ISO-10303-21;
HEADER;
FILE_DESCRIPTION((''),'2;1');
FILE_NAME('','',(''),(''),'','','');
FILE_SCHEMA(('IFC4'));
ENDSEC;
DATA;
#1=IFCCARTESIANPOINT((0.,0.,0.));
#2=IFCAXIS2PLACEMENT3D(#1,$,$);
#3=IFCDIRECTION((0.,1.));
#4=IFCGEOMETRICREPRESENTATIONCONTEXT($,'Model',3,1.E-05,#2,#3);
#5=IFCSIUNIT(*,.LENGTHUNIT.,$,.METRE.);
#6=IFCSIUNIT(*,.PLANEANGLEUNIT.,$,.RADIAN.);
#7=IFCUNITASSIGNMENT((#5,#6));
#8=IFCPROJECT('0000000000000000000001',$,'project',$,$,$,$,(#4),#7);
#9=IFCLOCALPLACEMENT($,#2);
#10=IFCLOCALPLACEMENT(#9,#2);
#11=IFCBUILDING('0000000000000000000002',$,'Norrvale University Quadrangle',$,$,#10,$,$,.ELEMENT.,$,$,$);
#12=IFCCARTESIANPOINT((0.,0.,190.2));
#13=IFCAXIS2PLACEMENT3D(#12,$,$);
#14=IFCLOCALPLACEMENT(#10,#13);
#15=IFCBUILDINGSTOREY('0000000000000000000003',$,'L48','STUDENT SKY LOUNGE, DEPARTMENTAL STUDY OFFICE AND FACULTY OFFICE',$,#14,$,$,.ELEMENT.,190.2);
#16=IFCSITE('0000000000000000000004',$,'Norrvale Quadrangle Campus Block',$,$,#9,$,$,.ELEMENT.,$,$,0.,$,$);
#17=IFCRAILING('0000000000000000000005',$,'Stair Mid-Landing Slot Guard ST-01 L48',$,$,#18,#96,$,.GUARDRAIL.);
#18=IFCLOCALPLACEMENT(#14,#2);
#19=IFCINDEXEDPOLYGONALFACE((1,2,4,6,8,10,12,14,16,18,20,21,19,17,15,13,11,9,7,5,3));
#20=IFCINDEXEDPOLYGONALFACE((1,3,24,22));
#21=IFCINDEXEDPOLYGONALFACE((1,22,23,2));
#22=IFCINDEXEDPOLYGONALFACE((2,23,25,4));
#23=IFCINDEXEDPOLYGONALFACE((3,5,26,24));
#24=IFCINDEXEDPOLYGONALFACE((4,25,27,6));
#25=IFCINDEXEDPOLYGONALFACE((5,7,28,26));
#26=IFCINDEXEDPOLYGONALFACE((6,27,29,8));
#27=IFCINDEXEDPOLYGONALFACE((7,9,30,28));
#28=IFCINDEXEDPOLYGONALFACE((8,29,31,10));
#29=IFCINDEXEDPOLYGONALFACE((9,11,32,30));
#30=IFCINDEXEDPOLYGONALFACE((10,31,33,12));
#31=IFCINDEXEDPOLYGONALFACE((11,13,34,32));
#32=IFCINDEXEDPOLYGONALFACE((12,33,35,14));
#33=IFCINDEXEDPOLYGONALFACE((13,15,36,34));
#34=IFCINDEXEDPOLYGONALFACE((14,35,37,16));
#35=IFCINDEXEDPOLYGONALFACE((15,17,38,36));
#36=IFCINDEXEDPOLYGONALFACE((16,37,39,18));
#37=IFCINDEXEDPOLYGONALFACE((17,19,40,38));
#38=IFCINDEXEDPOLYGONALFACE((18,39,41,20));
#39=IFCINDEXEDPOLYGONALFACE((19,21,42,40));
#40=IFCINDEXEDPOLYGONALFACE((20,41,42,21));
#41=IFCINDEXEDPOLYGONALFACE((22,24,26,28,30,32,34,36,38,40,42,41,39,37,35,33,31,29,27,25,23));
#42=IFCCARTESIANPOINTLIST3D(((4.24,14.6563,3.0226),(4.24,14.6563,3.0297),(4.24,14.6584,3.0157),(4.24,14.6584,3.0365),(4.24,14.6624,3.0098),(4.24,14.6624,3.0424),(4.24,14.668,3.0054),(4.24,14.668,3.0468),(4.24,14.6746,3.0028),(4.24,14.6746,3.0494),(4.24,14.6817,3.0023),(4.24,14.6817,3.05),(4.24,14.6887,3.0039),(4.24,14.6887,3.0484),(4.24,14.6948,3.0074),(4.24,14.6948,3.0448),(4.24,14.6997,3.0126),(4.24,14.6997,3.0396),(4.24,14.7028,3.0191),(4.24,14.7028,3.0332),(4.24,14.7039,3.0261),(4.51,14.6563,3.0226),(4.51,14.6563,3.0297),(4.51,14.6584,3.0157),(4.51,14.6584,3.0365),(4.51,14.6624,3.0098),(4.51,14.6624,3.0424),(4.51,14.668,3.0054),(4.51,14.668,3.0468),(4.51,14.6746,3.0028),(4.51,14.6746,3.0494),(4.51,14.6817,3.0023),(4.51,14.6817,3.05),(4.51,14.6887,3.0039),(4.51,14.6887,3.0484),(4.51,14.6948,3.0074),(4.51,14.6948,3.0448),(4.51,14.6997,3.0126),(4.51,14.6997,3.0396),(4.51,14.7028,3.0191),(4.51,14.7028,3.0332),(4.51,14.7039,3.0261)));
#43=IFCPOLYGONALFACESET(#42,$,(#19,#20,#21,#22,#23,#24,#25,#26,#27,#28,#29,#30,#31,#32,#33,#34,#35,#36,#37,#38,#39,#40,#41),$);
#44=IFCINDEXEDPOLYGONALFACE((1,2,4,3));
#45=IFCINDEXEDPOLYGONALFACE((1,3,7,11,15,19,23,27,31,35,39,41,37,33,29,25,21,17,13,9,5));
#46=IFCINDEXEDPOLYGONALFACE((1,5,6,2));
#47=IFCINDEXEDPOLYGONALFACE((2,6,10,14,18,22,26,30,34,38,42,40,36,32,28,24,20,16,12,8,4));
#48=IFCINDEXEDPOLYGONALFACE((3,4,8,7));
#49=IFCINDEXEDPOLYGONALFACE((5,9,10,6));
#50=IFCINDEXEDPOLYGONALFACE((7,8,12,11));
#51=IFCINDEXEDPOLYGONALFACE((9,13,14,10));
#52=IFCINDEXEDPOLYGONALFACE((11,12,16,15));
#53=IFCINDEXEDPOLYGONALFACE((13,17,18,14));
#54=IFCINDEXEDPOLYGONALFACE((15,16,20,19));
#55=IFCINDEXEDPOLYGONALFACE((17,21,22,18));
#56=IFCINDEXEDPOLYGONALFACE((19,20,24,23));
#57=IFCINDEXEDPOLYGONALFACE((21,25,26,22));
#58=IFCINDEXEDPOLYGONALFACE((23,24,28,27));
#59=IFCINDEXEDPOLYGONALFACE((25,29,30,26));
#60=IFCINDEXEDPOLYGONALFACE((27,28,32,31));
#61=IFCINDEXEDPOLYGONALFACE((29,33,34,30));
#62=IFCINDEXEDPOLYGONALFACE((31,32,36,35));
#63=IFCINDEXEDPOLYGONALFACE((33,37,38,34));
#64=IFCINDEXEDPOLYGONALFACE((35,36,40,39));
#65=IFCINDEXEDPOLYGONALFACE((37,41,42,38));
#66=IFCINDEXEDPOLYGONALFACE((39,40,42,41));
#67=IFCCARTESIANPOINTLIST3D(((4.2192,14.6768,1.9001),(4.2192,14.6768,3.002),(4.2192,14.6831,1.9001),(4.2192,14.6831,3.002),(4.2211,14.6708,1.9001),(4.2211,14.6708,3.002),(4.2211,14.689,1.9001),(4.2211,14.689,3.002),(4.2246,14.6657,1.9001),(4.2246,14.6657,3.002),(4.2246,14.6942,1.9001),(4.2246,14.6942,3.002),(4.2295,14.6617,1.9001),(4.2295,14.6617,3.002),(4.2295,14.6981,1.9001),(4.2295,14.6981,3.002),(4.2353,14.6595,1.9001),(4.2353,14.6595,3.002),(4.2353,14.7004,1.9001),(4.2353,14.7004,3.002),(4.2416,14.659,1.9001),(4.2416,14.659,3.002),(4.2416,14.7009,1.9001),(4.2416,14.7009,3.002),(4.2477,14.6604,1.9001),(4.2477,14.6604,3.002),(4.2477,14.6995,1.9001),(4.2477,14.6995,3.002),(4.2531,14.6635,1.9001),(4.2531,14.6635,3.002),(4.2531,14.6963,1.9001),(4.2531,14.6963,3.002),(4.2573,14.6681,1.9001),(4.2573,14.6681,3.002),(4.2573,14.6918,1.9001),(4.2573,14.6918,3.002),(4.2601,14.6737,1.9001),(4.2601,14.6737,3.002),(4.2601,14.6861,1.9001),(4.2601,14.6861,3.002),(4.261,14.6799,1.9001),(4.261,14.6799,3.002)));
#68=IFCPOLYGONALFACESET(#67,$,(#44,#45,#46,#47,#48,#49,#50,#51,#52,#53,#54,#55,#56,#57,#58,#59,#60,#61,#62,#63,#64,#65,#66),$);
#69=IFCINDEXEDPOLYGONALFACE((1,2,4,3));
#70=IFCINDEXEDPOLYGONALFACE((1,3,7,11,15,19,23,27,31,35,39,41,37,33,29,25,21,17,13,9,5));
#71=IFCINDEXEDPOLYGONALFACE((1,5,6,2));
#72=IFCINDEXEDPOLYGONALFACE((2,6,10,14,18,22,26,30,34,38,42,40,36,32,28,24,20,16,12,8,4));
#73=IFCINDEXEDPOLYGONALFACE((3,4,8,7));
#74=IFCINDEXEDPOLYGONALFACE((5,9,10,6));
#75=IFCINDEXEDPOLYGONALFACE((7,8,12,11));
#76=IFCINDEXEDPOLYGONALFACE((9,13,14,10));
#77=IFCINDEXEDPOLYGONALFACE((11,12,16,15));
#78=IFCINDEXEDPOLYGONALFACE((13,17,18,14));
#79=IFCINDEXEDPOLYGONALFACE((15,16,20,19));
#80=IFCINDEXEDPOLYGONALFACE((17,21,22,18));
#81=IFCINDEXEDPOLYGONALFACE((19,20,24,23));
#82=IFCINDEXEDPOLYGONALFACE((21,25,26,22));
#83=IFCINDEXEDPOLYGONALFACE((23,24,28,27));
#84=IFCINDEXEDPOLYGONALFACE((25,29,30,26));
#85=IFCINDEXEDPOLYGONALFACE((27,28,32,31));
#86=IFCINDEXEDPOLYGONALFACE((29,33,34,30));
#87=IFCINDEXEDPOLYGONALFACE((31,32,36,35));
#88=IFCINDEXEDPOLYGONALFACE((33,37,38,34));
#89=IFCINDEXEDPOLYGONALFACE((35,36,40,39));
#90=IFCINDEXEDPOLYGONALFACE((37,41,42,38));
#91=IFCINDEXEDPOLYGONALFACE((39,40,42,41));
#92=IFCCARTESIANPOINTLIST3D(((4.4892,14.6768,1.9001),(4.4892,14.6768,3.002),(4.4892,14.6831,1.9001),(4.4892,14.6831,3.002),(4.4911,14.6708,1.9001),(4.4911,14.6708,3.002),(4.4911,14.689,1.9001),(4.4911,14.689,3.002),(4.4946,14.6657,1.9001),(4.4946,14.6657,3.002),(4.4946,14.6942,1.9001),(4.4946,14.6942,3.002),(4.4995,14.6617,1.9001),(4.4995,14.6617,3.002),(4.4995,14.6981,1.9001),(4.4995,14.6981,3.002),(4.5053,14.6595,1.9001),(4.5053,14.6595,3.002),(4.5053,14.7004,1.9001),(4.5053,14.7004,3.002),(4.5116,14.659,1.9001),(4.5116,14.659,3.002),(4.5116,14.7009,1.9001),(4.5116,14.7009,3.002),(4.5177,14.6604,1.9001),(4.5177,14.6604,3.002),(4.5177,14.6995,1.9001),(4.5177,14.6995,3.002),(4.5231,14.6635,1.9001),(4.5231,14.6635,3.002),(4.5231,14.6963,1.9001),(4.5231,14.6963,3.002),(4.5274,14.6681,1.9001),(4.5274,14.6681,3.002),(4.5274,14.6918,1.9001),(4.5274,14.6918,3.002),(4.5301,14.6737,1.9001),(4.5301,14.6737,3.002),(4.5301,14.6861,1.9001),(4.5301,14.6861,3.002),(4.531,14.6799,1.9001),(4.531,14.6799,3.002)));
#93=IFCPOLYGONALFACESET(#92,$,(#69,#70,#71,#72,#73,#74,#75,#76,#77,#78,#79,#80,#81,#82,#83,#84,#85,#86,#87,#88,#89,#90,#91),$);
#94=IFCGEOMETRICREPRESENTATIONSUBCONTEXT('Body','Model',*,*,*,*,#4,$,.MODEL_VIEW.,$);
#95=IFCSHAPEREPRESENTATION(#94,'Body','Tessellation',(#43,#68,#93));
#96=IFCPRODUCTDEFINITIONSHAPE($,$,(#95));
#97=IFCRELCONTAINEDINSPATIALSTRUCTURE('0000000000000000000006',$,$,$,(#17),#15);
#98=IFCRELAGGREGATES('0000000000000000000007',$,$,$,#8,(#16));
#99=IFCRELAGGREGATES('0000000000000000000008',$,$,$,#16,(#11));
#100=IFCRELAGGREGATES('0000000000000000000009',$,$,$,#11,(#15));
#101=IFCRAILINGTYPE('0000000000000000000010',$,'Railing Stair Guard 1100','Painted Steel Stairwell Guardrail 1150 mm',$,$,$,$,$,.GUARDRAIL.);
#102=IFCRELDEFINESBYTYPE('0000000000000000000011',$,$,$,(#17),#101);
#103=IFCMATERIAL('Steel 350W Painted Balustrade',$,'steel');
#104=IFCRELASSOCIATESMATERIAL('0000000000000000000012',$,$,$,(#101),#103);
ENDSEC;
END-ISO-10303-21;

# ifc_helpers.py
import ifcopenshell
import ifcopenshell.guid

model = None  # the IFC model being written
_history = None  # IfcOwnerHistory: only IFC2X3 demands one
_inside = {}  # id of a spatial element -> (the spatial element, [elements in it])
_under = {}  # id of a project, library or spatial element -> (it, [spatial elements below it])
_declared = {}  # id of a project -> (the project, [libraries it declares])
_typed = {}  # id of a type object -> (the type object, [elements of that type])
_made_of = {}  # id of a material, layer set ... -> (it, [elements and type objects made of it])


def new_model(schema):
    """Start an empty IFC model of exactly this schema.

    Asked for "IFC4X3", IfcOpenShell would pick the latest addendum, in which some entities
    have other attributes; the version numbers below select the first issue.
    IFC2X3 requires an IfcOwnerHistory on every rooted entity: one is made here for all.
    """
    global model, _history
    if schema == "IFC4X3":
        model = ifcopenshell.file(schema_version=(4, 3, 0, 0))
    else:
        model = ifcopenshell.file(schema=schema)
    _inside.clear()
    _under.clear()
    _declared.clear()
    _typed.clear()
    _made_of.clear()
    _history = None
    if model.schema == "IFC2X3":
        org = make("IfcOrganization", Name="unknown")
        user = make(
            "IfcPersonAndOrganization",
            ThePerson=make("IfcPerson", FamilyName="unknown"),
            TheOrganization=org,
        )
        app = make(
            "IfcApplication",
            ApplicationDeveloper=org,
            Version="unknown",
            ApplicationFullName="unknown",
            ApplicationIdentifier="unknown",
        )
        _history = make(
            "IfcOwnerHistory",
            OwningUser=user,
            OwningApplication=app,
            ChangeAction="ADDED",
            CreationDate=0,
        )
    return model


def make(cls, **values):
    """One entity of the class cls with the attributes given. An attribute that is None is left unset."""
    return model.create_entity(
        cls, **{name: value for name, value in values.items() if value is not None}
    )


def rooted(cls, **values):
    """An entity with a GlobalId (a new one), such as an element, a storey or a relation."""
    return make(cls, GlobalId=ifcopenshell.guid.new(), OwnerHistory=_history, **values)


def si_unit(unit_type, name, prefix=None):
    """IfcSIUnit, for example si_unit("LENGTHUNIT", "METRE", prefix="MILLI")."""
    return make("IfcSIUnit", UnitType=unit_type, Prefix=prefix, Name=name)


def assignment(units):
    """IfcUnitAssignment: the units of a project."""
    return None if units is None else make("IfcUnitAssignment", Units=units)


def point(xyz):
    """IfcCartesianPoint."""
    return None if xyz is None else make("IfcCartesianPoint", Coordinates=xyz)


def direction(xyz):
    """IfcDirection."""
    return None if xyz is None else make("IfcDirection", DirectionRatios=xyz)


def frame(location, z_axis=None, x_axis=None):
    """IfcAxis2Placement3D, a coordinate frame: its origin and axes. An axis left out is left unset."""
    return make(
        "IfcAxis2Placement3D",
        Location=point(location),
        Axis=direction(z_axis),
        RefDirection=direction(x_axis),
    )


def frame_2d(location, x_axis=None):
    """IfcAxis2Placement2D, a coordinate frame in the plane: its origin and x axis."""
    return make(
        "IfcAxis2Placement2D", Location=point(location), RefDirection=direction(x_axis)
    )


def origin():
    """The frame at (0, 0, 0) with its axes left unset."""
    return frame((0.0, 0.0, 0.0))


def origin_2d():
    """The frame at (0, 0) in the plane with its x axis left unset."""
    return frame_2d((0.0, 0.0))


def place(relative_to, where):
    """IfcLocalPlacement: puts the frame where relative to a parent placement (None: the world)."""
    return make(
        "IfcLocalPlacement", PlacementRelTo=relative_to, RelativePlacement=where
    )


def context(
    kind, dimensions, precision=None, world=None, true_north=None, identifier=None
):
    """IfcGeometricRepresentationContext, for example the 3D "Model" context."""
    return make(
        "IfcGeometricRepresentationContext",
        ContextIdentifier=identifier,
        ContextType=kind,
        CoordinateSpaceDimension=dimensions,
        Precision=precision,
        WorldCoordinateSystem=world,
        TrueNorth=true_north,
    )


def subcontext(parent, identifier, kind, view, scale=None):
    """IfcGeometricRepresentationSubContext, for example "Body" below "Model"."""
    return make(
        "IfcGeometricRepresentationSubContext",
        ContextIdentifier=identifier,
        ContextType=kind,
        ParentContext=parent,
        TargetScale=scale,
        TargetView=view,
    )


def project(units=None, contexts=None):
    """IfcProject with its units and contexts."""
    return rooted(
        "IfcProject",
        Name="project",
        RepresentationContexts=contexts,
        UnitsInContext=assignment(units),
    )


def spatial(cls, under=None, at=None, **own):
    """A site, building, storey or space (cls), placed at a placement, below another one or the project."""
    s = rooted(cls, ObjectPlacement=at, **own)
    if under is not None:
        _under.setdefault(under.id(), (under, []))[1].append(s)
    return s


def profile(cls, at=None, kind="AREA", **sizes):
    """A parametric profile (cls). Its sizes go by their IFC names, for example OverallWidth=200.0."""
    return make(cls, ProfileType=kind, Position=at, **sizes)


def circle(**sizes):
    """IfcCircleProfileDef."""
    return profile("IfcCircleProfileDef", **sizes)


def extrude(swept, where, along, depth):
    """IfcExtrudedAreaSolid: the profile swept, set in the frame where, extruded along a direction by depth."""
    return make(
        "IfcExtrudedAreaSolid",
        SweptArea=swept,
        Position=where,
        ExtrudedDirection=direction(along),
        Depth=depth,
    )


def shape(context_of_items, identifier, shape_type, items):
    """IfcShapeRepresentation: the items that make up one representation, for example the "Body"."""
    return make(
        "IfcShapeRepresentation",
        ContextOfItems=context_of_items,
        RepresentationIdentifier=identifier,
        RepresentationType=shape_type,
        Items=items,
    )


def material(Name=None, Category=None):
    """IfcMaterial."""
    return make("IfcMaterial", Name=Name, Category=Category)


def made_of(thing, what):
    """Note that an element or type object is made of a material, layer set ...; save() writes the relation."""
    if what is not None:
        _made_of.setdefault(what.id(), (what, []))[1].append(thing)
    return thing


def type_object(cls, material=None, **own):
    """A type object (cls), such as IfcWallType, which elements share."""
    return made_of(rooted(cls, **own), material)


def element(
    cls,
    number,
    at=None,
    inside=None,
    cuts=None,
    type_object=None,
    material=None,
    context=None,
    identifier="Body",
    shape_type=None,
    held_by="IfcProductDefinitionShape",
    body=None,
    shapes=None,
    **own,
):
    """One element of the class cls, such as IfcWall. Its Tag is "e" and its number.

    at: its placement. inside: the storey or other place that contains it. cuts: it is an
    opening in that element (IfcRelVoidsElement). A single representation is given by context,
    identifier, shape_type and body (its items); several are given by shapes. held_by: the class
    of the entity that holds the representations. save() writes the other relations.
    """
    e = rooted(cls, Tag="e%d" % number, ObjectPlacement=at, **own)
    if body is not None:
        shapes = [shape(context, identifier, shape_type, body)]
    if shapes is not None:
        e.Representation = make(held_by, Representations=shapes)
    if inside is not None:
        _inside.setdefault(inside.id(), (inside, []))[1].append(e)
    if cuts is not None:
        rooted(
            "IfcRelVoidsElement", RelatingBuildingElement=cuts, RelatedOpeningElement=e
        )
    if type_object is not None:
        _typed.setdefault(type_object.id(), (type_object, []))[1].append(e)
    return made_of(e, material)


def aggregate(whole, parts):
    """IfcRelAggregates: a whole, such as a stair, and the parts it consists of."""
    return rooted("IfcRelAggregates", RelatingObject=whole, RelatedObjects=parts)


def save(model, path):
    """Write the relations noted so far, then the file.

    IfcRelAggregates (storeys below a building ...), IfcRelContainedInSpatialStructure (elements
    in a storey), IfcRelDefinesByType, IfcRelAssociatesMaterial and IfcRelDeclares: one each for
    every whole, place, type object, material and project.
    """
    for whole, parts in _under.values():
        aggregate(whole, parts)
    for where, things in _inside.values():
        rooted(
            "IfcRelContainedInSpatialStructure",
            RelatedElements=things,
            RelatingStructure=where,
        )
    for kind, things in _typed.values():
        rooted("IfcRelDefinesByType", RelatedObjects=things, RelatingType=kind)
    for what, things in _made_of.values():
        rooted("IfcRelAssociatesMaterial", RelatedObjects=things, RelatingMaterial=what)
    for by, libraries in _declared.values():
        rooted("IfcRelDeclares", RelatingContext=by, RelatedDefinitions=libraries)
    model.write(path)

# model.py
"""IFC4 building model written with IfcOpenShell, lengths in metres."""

from ifc_helpers import new_model, si_unit, direction, frame, origin, origin_2d, place, context, subcontext, project, spatial, circle, extrude, material, type_object, element, save


model = new_model("IFC4")

# Units and contexts
model_context = context("Model", 3, precision=1e-05, world=origin(), true_north=direction((0.0, 1.0)))
body_context = subcontext(model_context, "Body", "Model", "MODEL_VIEW")
ifc_project = project(units=[si_unit("LENGTHUNIT", "METRE"), si_unit("PLANEANGLEUNIT", "RADIAN")], contexts=[model_context])

# Site, building, storey
site_placement = place(None, origin())
site = spatial("IfcSite", under=ifc_project, at=site_placement, Name="Norrvale Quadrangle Campus Block", CompositionType="ELEMENT", RefElevation=0.0)
building_placement = place(site_placement, origin())
building = spatial("IfcBuilding", under=site, at=building_placement, Name="Norrvale University Quadrangle", CompositionType="ELEMENT")
storey_placement = place(building_placement, frame((0.0, 0.0, 190.2)))
storey = spatial("IfcBuildingStorey", under=building, at=storey_placement, Name="L48", Description="STUDENT SKY LOUNGE, DEPARTMENTAL STUDY OFFICE AND FACULTY OFFICE", CompositionType="ELEMENT", Elevation=190.2)

# Railing
ifc_material_1 = material(Name="Steel 350W Painted Balustrade", Category="steel")
railing_type_1 = type_object("IfcRailingType", Name="Railing Stair Guard 1100", Description="Painted Steel Stairwell Guardrail 1150 mm", PredefinedType="GUARDRAIL", material=ifc_material_1)
railing_1_placement = place(storey_placement, frame((4.24, 14.6799, 1.9001)))
element("IfcRailing", 1, at=railing_1_placement, inside=storey, type_object=railing_type_1, Name="Stair Mid-Landing Slot Guard ST-01 L48", PredefinedType="GUARDRAIL", context=body_context, shape_type="SweptSolid", body=[
    extrude(circle(Radius=0.0239, at=origin_2d()), frame((0.0, 0.0, 1.126), z_axis=(1.0, 0.0, 0.0), x_axis=(0.0, 1.0, 0.0)), (0.0, 0.0, 1.0), 0.27),
    extrude(circle(Radius=0.021, at=origin_2d()), origin(), (0.0, 0.0, 1.0), 1.1018),
    extrude(circle(Radius=0.021, at=origin_2d()), frame((0.27, 0.0, 0.0)), (0.0, 0.0, 1.0), 1.1018),
])

save(model, "model.ifc")
